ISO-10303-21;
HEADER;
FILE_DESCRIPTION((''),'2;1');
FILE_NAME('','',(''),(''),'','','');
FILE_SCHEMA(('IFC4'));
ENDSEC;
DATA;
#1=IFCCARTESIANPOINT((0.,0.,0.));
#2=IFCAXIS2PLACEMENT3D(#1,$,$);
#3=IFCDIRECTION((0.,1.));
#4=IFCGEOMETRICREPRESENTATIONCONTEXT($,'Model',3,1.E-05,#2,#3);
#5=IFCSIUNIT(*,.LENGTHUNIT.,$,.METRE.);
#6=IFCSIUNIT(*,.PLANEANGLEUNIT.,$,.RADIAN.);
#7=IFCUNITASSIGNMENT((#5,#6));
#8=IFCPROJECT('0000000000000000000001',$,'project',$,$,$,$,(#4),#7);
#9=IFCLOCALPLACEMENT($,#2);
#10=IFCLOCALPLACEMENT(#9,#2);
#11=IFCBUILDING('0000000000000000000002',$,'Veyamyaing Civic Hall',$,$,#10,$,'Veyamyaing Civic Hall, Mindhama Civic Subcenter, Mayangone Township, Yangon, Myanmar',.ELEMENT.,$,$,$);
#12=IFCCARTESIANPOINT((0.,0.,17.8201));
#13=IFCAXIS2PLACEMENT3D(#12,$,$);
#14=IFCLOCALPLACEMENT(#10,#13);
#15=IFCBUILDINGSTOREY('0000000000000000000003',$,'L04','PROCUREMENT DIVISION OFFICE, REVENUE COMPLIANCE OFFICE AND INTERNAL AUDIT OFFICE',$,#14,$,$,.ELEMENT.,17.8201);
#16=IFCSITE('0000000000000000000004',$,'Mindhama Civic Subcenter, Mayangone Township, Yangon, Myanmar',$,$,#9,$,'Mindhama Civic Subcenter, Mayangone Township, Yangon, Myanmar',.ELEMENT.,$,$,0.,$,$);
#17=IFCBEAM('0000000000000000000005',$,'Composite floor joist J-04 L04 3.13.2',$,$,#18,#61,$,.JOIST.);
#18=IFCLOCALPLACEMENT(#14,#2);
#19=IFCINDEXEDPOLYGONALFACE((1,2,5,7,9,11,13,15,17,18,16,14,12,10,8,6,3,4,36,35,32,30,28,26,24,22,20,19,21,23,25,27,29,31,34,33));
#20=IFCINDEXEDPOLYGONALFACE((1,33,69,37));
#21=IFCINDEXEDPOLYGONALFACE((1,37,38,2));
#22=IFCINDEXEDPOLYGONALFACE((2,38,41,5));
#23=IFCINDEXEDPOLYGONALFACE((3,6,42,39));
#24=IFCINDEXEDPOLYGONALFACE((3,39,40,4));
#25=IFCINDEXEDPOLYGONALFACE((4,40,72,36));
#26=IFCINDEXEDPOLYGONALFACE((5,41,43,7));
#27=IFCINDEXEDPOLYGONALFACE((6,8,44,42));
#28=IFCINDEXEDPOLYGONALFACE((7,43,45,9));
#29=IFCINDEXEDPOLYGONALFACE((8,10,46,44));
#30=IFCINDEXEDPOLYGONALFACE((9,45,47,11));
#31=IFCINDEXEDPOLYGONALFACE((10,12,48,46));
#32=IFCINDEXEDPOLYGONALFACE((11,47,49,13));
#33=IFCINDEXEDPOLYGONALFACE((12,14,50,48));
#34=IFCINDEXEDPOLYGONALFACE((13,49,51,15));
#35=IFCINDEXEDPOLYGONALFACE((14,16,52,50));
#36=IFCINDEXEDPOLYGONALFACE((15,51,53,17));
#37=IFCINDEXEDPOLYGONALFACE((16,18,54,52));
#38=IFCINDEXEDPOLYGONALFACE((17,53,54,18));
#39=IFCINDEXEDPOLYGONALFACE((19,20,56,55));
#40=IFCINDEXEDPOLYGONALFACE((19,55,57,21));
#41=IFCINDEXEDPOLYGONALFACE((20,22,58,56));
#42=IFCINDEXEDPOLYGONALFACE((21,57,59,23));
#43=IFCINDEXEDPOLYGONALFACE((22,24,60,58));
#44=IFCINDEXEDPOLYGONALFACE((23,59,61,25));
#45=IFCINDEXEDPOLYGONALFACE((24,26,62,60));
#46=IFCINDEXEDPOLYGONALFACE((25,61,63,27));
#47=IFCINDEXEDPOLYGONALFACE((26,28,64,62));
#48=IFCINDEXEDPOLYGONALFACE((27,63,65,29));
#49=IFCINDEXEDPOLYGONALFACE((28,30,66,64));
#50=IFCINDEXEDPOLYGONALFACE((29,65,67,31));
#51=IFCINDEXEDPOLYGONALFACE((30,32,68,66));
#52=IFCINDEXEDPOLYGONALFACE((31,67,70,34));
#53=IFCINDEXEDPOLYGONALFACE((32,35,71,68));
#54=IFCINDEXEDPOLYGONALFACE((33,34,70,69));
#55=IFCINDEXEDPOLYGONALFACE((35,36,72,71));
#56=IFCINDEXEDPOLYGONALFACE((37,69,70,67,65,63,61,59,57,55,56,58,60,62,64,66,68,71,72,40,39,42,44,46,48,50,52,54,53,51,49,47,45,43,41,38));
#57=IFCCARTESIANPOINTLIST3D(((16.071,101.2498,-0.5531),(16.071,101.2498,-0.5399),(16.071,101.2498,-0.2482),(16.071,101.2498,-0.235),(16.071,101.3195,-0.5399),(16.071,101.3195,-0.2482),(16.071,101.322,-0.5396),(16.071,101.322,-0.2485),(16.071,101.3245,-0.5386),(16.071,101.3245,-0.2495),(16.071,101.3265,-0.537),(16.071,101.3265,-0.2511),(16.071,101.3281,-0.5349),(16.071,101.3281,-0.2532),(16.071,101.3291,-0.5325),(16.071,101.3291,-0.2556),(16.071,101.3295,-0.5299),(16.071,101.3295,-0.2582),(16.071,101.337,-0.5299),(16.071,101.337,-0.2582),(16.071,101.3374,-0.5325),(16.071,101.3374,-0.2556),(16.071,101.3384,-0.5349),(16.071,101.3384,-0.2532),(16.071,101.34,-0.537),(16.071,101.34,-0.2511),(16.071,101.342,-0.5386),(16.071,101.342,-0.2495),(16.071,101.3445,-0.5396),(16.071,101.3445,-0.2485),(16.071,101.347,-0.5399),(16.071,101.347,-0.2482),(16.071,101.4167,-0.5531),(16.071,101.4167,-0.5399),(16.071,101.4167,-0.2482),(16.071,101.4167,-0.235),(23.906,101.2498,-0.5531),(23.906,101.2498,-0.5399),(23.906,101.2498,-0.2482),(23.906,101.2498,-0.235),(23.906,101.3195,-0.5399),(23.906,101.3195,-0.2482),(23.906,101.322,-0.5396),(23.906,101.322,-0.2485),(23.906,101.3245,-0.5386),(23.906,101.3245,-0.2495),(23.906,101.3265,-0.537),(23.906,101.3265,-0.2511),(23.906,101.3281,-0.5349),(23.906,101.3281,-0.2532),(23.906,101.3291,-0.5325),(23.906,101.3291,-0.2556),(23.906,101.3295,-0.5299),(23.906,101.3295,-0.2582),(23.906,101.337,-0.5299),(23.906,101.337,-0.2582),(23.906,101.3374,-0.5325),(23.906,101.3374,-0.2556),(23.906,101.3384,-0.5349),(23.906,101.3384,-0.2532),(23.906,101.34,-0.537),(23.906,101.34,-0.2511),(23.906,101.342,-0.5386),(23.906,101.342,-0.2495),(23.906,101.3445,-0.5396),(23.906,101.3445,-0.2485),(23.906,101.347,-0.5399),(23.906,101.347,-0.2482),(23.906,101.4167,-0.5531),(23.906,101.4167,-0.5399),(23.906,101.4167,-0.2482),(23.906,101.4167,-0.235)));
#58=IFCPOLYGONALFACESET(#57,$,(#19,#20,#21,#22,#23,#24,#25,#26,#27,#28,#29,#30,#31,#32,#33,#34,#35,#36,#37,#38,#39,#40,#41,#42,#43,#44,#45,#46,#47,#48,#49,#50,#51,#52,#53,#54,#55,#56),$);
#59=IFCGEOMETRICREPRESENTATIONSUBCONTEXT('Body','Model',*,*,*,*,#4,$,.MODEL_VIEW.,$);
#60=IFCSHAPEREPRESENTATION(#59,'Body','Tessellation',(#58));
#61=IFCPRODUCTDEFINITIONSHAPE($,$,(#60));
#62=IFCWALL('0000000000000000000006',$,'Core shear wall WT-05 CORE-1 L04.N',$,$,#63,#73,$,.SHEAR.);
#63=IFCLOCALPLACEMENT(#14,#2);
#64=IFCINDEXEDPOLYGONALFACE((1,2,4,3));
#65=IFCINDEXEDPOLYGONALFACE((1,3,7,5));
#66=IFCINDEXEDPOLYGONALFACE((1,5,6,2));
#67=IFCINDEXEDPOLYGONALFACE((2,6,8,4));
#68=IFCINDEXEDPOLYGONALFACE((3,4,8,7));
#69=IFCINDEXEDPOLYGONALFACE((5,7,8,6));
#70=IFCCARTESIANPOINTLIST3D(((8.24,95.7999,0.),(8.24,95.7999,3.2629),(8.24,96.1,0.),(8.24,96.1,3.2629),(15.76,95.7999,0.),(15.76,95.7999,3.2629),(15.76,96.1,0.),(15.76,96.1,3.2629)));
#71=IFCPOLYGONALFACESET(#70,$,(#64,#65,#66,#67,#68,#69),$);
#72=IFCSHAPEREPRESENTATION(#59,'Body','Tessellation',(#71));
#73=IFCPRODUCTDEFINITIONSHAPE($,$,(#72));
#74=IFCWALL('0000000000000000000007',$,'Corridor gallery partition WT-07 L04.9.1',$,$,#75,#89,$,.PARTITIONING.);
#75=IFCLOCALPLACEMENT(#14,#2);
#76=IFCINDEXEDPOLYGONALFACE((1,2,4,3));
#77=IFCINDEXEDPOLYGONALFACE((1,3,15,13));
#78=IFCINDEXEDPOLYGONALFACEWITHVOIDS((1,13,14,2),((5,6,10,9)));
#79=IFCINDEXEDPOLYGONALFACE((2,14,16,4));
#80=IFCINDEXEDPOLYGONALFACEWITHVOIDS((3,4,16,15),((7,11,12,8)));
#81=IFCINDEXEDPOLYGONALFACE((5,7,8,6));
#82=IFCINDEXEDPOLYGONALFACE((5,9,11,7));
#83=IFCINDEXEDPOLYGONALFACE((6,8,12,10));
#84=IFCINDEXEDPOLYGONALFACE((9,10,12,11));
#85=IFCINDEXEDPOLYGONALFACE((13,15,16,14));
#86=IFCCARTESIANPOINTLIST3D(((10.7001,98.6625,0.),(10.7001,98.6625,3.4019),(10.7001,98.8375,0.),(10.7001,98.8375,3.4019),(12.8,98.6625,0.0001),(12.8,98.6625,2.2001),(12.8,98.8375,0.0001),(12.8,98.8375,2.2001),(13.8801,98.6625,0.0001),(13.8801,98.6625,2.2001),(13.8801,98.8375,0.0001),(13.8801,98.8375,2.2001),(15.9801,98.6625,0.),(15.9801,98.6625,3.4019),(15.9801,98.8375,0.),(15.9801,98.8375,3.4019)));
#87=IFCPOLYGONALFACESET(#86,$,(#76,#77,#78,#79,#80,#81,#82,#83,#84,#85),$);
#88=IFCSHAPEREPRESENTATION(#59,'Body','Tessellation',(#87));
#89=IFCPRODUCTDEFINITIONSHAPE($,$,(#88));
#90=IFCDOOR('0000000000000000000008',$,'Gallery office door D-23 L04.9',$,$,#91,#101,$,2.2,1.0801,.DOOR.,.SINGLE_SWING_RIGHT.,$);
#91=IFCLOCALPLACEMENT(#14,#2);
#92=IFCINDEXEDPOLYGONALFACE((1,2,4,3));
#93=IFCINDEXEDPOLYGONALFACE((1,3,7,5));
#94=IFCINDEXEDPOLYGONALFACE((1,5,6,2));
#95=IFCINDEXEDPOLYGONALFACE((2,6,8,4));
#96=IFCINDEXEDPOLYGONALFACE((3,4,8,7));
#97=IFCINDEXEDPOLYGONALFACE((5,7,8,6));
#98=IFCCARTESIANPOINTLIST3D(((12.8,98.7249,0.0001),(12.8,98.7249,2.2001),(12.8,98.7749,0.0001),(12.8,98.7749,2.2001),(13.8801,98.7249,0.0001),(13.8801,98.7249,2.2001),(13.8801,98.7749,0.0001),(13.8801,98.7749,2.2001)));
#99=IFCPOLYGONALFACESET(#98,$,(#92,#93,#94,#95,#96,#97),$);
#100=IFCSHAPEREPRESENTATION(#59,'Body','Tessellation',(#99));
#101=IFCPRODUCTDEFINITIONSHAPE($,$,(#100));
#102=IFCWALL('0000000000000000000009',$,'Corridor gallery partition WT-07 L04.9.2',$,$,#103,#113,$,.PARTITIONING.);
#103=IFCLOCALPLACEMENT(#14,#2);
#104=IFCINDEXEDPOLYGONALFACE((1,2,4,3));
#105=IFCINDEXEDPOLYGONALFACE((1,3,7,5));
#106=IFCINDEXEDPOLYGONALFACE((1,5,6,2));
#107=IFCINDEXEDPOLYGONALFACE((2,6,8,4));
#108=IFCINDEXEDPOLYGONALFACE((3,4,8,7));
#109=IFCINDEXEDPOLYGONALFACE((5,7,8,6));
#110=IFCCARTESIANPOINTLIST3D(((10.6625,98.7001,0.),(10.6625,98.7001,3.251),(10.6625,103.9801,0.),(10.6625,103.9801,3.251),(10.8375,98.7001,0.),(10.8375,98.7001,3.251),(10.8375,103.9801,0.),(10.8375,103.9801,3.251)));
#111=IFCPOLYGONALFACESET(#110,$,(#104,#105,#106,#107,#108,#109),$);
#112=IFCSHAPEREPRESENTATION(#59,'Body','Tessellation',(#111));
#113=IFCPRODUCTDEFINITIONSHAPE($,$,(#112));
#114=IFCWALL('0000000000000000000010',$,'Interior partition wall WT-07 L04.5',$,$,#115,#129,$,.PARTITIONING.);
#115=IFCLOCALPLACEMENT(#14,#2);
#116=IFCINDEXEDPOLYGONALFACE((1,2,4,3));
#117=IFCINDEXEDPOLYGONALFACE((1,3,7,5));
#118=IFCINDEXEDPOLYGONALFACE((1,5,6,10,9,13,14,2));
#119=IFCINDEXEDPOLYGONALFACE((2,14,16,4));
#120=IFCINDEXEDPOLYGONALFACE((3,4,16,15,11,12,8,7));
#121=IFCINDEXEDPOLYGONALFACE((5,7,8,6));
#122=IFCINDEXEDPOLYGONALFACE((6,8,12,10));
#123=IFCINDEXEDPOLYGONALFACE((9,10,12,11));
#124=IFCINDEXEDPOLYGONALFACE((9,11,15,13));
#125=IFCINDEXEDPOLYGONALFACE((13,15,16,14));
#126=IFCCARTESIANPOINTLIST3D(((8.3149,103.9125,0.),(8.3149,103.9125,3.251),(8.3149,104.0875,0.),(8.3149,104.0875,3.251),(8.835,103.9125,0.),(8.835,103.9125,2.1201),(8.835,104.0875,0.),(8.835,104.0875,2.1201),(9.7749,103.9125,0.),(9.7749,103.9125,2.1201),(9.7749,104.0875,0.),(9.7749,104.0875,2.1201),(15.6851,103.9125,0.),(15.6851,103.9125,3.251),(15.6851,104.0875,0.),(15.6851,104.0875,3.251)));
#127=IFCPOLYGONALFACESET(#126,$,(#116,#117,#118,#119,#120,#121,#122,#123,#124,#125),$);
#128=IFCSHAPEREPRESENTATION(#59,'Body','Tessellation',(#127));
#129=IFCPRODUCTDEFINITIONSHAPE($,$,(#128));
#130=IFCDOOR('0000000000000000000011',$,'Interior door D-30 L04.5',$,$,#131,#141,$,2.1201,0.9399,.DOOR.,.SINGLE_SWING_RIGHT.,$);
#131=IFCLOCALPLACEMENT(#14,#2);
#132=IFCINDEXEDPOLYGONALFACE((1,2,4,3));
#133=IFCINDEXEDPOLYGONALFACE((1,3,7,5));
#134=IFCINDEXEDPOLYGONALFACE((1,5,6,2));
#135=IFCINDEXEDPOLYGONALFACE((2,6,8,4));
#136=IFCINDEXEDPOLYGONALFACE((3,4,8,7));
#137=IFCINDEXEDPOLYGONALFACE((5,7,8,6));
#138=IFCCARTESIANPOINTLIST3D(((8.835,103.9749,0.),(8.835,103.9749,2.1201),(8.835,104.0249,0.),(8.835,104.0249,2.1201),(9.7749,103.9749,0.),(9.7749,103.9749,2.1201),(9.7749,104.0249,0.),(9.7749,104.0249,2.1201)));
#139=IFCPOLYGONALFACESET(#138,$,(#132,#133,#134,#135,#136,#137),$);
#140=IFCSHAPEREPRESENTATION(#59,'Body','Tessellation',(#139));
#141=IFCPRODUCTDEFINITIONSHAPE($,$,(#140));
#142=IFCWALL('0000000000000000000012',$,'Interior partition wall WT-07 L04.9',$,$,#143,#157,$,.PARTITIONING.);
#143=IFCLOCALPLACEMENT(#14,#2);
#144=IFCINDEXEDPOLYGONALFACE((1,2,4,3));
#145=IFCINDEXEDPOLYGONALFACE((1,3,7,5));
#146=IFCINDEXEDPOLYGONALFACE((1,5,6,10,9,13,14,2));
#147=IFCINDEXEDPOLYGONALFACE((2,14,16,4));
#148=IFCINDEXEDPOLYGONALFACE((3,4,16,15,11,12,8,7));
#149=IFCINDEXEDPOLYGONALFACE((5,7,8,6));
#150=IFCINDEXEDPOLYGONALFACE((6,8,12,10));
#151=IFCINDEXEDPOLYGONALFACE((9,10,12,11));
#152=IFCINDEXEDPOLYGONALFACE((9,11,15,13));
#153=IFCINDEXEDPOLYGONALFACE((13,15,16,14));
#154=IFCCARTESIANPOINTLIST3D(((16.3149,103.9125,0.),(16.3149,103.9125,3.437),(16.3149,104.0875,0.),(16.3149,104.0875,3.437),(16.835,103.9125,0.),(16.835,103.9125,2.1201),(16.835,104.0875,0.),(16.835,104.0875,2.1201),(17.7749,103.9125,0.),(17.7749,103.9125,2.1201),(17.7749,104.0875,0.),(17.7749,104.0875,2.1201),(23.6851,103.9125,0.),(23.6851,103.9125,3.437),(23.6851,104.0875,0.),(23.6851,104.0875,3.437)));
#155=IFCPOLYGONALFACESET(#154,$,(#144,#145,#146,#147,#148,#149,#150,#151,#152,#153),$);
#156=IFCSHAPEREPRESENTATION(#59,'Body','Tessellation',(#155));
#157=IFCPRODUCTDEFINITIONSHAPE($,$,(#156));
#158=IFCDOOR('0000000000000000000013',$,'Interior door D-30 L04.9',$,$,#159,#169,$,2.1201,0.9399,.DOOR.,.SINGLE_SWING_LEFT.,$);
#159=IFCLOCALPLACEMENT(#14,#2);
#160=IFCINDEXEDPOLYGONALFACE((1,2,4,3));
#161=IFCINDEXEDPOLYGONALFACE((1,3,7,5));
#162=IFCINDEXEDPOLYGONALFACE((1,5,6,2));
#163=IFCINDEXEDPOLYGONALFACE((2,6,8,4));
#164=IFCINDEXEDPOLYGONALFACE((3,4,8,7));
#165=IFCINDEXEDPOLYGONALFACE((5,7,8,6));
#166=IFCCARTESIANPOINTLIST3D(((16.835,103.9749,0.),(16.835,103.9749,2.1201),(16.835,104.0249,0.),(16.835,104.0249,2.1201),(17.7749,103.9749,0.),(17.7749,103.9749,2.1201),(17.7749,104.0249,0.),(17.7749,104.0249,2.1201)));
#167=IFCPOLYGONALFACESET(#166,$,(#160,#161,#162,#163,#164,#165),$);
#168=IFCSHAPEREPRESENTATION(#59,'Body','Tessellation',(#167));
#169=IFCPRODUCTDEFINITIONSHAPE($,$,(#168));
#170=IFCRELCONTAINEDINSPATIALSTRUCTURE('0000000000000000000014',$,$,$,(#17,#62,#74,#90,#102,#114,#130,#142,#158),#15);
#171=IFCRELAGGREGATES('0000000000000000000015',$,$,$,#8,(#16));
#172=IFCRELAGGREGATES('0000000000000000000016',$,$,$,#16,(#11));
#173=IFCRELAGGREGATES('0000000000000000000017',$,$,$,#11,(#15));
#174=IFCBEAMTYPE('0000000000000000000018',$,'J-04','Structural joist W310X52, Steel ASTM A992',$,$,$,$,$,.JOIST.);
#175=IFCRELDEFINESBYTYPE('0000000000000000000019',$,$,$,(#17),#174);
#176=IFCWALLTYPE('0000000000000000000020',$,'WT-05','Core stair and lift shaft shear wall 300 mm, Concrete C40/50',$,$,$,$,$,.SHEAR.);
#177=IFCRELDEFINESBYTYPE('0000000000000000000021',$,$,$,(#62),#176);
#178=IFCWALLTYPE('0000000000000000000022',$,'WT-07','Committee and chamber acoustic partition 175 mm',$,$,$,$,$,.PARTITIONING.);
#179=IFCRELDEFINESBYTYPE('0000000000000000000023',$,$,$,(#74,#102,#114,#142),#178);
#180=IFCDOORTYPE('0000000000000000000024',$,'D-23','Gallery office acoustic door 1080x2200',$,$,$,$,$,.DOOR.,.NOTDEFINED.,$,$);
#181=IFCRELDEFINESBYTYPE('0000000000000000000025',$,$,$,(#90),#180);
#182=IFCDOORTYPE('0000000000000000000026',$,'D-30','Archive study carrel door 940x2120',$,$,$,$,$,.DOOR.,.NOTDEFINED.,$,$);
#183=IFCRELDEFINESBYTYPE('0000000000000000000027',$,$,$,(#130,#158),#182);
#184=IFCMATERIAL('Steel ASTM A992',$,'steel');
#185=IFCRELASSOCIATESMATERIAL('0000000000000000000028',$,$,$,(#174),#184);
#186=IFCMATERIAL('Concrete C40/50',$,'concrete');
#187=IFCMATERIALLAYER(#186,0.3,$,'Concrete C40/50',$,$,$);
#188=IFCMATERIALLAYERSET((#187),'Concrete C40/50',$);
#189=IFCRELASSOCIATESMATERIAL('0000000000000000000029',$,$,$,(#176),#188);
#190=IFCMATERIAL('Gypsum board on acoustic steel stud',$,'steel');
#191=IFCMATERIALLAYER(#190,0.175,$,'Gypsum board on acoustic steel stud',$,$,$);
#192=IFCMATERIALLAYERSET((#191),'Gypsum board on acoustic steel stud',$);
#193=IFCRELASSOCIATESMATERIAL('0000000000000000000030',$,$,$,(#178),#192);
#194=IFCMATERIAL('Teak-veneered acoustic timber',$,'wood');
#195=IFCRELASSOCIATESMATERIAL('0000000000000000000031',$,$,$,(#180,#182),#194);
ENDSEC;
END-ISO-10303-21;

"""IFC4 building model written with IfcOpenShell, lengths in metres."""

from ifc_helpers import new_model, si_unit, direction, frame, frame_2d, origin, origin_2d, place, context, subcontext, project, spatial, rectangle, i_section, extrude, material, layer, layer_set, material_profile, profile_set, type_object, element, fill, save


model = new_model("IFC4")

# Units and contexts
model_context = context("Model", 3, precision=1e-05, world=origin(), true_north=direction((0.0, 1.0)))
body_context = subcontext(model_context, "Body", "Model", "MODEL_VIEW")
ifc_project = project(units=[si_unit("LENGTHUNIT", "METRE"), si_unit("PLANEANGLEUNIT", "RADIAN")], contexts=[model_context])

# Site, building, storey
site_placement = place(None, origin())
site = spatial("IfcSite", under=ifc_project, at=site_placement, Name="Mindhama Civic Subcenter, Mayangone Township, Yangon, Myanmar", LongName="Mindhama Civic Subcenter, Mayangone Township, Yangon, Myanmar", CompositionType="ELEMENT", RefElevation=0.0)
building_placement = place(site_placement, origin())
building = spatial("IfcBuilding", under=site, at=building_placement, Name="Veyamyaing Civic Hall", LongName="Veyamyaing Civic Hall, Mindhama Civic Subcenter, Mayangone Township, Yangon, Myanmar", CompositionType="ELEMENT")
storey_placement = place(building_placement, frame((0.0, 0.0, 17.8201)))
storey = spatial("IfcBuildingStorey", under=building, at=storey_placement, Name="L04", Description="PROCUREMENT DIVISION OFFICE, REVENUE COMPLIANCE OFFICE AND INTERNAL AUDIT OFFICE", CompositionType="ELEMENT", Elevation=17.8201)

# Beam
ifc_material_1 = material(Name="Steel ASTM A992", Category="steel")
ifc_material_profile_1 = material_profile(ifc_material_1, i_section(OverallWidth=0.167, OverallDepth=0.3181, WebThickness=0.0076, FlangeThickness=0.0132, FilletRadius=0.01, at=origin_2d()), Name="W310X52")
ifc_profile_set_1 = profile_set([ifc_material_profile_1], Name="Steel ASTM A992")
beam_type_1 = type_object("IfcBeamType", Name="J-04", Description="Structural joist W310X52, Steel ASTM A992", PredefinedType="JOIST", material=ifc_profile_set_1)
for number, where, z_axis, x_axis, name in (
    (1, (16.071, 101.3333, -0.394), (1.0, 0.0, 0.0), (0.0, 1.0, 0.0), "Composite floor joist J-04 L04 3.13.2"),
):
    element("IfcBeam", number, at=place(storey_placement, frame(where, z_axis=z_axis, x_axis=x_axis)), inside=storey, type_object=beam_type_1, Name=name, PredefinedType="JOIST", context=body_context, shape_type="SweptSolid", body=[
        extrude(i_section(OverallWidth=0.167, OverallDepth=0.3181, WebThickness=0.0076, FlangeThickness=0.0132, FilletRadius=0.01, at=origin_2d()), origin(), (0.0, 0.0, 1.0), 7.835),
    ])

# Wall
ifc_material_2 = material(Name="Concrete C40/50", Category="concrete")
ifc_layer_1 = layer(ifc_material_2, 0.3, Name="Concrete C40/50")
ifc_layer_set_1 = layer_set([ifc_layer_1], Name="Concrete C40/50")
wall_type_1 = type_object("IfcWallType", Name="WT-05", Description="Core stair and lift shaft shear wall 300 mm, Concrete C40/50", PredefinedType="SHEAR", material=ifc_layer_set_1)
wall_1_placement = place(storey_placement, frame((8.24, 95.95, 0.0), z_axis=(0.0, 0.0, 1.0), x_axis=(1.0, 0.0, 0.0)))
element("IfcWall", 2, at=wall_1_placement, inside=storey, type_object=wall_type_1, Name="Core shear wall WT-05 CORE-1 L04.N", PredefinedType="SHEAR", context=body_context, shape_type="SweptSolid", body=[
    extrude(rectangle(XDim=7.52, YDim=0.3, at=frame_2d((3.76, 0.0))), origin(), (0.0, 0.0, 1.0), 3.2629),
])

# Wall, opening, door
ifc_material_3 = material(Name="Gypsum board on acoustic steel stud", Category="steel")
ifc_layer_2 = layer(ifc_material_3, 0.175, Name="Gypsum board on acoustic steel stud")
ifc_layer_set_2 = layer_set([ifc_layer_2], Name="Gypsum board on acoustic steel stud")
wall_type_2 = type_object("IfcWallType", Name="WT-07", Description="Committee and chamber acoustic partition 175 mm", PredefinedType="PARTITIONING", material=ifc_layer_set_2)
wall_2_placement = place(storey_placement, frame((10.7, 98.75, 0.0), z_axis=(0.0, 0.0, 1.0), x_axis=(1.0, 0.0, 0.0)))
wall_2 = element("IfcWall", 3, at=wall_2_placement, inside=storey, type_object=wall_type_2, Name="Corridor gallery partition WT-07 L04.9.1", PredefinedType="PARTITIONING", context=body_context, shape_type="SweptSolid", body=[
    extrude(rectangle(XDim=5.28, YDim=0.175, at=frame_2d((2.6401, 0.0))), origin(), (0.0, 0.0, 1.0), 3.4019),
])
opening_1_placement = place(wall_2_placement, frame((2.1001, 0.0, 0.0)))
opening_1 = element("IfcOpeningElement", 4, at=opening_1_placement, cuts=wall_2, PredefinedType="OPENING", context=body_context, shape_type="SweptSolid", body=[
    extrude(rectangle(XDim=1.0801, YDim=2.2, at=frame_2d((0.54, 1.1001))), frame((0.0, 0.0974, 0.0), z_axis=(0.0, -1.0, 0.0), x_axis=(1.0, 0.0, 0.0)), (0.0, 0.0, 1.0), 0.1951),
])
ifc_material_4 = material(Name="Teak-veneered acoustic timber", Category="wood")
door_type_1 = type_object("IfcDoorType", Name="D-23", Description="Gallery office acoustic door 1080x2200", OperationType="NOTDEFINED", PredefinedType="DOOR", material=ifc_material_4)
door_1_placement = place(opening_1_placement, origin())
door_1 = element("IfcDoor", 5, at=door_1_placement, inside=storey, type_object=door_type_1, Name="Gallery office door D-23 L04.9", OperationType="SINGLE_SWING_RIGHT", OverallHeight=2.2, OverallWidth=1.0801, PredefinedType="DOOR", context=body_context, shape_type="SweptSolid", body=[
    extrude(rectangle(XDim=1.0801, YDim=2.2, at=frame_2d((0.54, 1.1001))), frame((0.0, 0.0249, 0.0), z_axis=(0.0, -1.0, 0.0), x_axis=(1.0, 0.0, 0.0)), (0.0, 0.0, 1.0), 0.05),
])
fill(opening_1, door_1)

# Wall
wall_3_placement = place(storey_placement, frame((10.75, 98.7, 0.0), z_axis=(0.0, 0.0, 1.0), x_axis=(0.0, 1.0, 0.0)))
element("IfcWall", 6, at=wall_3_placement, inside=storey, type_object=wall_type_2, Name="Corridor gallery partition WT-07 L04.9.2", PredefinedType="PARTITIONING", context=body_context, shape_type="SweptSolid", body=[
    extrude(rectangle(XDim=5.28, YDim=0.175, at=frame_2d((2.6401, 0.0))), origin(), (0.0, 0.0, 1.0), 3.251),
])

# Walls, openings, doors
wall_4_placement = place(storey_placement, frame((8.3149, 104.0, 0.0), z_axis=(0.0, 0.0, 1.0), x_axis=(1.0, 0.0, 0.0)))
wall_4 = element("IfcWall", 7, at=wall_4_placement, inside=storey, type_object=wall_type_2, Name="Interior partition wall WT-07 L04.5", PredefinedType="PARTITIONING", context=body_context, shape_type="SweptSolid", body=[
    extrude(rectangle(XDim=7.3701, YDim=0.175, at=frame_2d((3.6851, 0.0))), origin(), (0.0, 0.0, 1.0), 3.251),
])
opening_2_placement = place(wall_4_placement, frame((0.52, 0.0, 0.0)))
opening_2 = element("IfcOpeningElement", 8, at=opening_2_placement, cuts=wall_4, PredefinedType="OPENING", context=body_context, shape_type="SweptSolid", body=[
    extrude(rectangle(XDim=0.9399, YDim=2.1201, at=frame_2d((0.47, 1.0601))), frame((0.0, 0.0974, 0.0), z_axis=(0.0, -1.0, 0.0), x_axis=(1.0, 0.0, 0.0)), (0.0, 0.0, 1.0), 0.1951),
])
door_type_2 = type_object("IfcDoorType", Name="D-30", Description="Archive study carrel door 940x2120", OperationType="NOTDEFINED", PredefinedType="DOOR", material=ifc_material_4)
door_2_placement = place(opening_2_placement, origin())
door_2 = element("IfcDoor", 9, at=door_2_placement, inside=storey, type_object=door_type_2, Name="Interior door D-30 L04.5", OperationType="SINGLE_SWING_RIGHT", OverallHeight=2.1201, OverallWidth=0.9399, PredefinedType="DOOR", context=body_context, shape_type="SweptSolid", body=[
    extrude(rectangle(XDim=0.9399, YDim=2.1201, at=frame_2d((0.47, 1.0601))), frame((0.0, 0.0249, 0.0), z_axis=(0.0, -1.0, 0.0), x_axis=(1.0, 0.0, 0.0)), (0.0, 0.0, 1.0), 0.05),
])
fill(opening_2, door_2)
wall_5_placement = place(storey_placement, frame((16.3149, 104.0, 0.0), z_axis=(0.0, 0.0, 1.0), x_axis=(1.0, 0.0, 0.0)))
wall_5 = element("IfcWall", 10, at=wall_5_placement, inside=storey, type_object=wall_type_2, Name="Interior partition wall WT-07 L04.9", PredefinedType="PARTITIONING", context=body_context, shape_type="SweptSolid", body=[
    extrude(rectangle(XDim=7.3701, YDim=0.175, at=frame_2d((3.6851, 0.0))), origin(), (0.0, 0.0, 1.0), 3.437),
])
opening_3_placement = place(wall_5_placement, frame((0.52, 0.0, 0.0)))
opening_3 = element("IfcOpeningElement", 11, at=opening_3_placement, cuts=wall_5, PredefinedType="OPENING", context=body_context, shape_type="SweptSolid", body=[
    extrude(rectangle(XDim=0.9399, YDim=2.1201, at=frame_2d((0.47, 1.0601))), frame((0.0, 0.0974, 0.0), z_axis=(0.0, -1.0, 0.0), x_axis=(1.0, 0.0, 0.0)), (0.0, 0.0, 1.0), 0.1951),
])
door_3_placement = place(opening_3_placement, origin())
door_3 = element("IfcDoor", 12, at=door_3_placement, inside=storey, type_object=door_type_2, Name="Interior door D-30 L04.9", OperationType="SINGLE_SWING_LEFT", OverallHeight=2.1201, OverallWidth=0.9399, PredefinedType="DOOR", context=body_context, shape_type="SweptSolid", body=[
    extrude(rectangle(XDim=0.9399, YDim=2.1201, at=frame_2d((0.47, 1.0601))), frame((0.0, 0.0249, 0.0), z_axis=(0.0, -1.0, 0.0), x_axis=(1.0, 0.0, 0.0)), (0.0, 0.0, 1.0), 0.05),
])
fill(opening_3, door_3)

save(model, "model.ifc")
